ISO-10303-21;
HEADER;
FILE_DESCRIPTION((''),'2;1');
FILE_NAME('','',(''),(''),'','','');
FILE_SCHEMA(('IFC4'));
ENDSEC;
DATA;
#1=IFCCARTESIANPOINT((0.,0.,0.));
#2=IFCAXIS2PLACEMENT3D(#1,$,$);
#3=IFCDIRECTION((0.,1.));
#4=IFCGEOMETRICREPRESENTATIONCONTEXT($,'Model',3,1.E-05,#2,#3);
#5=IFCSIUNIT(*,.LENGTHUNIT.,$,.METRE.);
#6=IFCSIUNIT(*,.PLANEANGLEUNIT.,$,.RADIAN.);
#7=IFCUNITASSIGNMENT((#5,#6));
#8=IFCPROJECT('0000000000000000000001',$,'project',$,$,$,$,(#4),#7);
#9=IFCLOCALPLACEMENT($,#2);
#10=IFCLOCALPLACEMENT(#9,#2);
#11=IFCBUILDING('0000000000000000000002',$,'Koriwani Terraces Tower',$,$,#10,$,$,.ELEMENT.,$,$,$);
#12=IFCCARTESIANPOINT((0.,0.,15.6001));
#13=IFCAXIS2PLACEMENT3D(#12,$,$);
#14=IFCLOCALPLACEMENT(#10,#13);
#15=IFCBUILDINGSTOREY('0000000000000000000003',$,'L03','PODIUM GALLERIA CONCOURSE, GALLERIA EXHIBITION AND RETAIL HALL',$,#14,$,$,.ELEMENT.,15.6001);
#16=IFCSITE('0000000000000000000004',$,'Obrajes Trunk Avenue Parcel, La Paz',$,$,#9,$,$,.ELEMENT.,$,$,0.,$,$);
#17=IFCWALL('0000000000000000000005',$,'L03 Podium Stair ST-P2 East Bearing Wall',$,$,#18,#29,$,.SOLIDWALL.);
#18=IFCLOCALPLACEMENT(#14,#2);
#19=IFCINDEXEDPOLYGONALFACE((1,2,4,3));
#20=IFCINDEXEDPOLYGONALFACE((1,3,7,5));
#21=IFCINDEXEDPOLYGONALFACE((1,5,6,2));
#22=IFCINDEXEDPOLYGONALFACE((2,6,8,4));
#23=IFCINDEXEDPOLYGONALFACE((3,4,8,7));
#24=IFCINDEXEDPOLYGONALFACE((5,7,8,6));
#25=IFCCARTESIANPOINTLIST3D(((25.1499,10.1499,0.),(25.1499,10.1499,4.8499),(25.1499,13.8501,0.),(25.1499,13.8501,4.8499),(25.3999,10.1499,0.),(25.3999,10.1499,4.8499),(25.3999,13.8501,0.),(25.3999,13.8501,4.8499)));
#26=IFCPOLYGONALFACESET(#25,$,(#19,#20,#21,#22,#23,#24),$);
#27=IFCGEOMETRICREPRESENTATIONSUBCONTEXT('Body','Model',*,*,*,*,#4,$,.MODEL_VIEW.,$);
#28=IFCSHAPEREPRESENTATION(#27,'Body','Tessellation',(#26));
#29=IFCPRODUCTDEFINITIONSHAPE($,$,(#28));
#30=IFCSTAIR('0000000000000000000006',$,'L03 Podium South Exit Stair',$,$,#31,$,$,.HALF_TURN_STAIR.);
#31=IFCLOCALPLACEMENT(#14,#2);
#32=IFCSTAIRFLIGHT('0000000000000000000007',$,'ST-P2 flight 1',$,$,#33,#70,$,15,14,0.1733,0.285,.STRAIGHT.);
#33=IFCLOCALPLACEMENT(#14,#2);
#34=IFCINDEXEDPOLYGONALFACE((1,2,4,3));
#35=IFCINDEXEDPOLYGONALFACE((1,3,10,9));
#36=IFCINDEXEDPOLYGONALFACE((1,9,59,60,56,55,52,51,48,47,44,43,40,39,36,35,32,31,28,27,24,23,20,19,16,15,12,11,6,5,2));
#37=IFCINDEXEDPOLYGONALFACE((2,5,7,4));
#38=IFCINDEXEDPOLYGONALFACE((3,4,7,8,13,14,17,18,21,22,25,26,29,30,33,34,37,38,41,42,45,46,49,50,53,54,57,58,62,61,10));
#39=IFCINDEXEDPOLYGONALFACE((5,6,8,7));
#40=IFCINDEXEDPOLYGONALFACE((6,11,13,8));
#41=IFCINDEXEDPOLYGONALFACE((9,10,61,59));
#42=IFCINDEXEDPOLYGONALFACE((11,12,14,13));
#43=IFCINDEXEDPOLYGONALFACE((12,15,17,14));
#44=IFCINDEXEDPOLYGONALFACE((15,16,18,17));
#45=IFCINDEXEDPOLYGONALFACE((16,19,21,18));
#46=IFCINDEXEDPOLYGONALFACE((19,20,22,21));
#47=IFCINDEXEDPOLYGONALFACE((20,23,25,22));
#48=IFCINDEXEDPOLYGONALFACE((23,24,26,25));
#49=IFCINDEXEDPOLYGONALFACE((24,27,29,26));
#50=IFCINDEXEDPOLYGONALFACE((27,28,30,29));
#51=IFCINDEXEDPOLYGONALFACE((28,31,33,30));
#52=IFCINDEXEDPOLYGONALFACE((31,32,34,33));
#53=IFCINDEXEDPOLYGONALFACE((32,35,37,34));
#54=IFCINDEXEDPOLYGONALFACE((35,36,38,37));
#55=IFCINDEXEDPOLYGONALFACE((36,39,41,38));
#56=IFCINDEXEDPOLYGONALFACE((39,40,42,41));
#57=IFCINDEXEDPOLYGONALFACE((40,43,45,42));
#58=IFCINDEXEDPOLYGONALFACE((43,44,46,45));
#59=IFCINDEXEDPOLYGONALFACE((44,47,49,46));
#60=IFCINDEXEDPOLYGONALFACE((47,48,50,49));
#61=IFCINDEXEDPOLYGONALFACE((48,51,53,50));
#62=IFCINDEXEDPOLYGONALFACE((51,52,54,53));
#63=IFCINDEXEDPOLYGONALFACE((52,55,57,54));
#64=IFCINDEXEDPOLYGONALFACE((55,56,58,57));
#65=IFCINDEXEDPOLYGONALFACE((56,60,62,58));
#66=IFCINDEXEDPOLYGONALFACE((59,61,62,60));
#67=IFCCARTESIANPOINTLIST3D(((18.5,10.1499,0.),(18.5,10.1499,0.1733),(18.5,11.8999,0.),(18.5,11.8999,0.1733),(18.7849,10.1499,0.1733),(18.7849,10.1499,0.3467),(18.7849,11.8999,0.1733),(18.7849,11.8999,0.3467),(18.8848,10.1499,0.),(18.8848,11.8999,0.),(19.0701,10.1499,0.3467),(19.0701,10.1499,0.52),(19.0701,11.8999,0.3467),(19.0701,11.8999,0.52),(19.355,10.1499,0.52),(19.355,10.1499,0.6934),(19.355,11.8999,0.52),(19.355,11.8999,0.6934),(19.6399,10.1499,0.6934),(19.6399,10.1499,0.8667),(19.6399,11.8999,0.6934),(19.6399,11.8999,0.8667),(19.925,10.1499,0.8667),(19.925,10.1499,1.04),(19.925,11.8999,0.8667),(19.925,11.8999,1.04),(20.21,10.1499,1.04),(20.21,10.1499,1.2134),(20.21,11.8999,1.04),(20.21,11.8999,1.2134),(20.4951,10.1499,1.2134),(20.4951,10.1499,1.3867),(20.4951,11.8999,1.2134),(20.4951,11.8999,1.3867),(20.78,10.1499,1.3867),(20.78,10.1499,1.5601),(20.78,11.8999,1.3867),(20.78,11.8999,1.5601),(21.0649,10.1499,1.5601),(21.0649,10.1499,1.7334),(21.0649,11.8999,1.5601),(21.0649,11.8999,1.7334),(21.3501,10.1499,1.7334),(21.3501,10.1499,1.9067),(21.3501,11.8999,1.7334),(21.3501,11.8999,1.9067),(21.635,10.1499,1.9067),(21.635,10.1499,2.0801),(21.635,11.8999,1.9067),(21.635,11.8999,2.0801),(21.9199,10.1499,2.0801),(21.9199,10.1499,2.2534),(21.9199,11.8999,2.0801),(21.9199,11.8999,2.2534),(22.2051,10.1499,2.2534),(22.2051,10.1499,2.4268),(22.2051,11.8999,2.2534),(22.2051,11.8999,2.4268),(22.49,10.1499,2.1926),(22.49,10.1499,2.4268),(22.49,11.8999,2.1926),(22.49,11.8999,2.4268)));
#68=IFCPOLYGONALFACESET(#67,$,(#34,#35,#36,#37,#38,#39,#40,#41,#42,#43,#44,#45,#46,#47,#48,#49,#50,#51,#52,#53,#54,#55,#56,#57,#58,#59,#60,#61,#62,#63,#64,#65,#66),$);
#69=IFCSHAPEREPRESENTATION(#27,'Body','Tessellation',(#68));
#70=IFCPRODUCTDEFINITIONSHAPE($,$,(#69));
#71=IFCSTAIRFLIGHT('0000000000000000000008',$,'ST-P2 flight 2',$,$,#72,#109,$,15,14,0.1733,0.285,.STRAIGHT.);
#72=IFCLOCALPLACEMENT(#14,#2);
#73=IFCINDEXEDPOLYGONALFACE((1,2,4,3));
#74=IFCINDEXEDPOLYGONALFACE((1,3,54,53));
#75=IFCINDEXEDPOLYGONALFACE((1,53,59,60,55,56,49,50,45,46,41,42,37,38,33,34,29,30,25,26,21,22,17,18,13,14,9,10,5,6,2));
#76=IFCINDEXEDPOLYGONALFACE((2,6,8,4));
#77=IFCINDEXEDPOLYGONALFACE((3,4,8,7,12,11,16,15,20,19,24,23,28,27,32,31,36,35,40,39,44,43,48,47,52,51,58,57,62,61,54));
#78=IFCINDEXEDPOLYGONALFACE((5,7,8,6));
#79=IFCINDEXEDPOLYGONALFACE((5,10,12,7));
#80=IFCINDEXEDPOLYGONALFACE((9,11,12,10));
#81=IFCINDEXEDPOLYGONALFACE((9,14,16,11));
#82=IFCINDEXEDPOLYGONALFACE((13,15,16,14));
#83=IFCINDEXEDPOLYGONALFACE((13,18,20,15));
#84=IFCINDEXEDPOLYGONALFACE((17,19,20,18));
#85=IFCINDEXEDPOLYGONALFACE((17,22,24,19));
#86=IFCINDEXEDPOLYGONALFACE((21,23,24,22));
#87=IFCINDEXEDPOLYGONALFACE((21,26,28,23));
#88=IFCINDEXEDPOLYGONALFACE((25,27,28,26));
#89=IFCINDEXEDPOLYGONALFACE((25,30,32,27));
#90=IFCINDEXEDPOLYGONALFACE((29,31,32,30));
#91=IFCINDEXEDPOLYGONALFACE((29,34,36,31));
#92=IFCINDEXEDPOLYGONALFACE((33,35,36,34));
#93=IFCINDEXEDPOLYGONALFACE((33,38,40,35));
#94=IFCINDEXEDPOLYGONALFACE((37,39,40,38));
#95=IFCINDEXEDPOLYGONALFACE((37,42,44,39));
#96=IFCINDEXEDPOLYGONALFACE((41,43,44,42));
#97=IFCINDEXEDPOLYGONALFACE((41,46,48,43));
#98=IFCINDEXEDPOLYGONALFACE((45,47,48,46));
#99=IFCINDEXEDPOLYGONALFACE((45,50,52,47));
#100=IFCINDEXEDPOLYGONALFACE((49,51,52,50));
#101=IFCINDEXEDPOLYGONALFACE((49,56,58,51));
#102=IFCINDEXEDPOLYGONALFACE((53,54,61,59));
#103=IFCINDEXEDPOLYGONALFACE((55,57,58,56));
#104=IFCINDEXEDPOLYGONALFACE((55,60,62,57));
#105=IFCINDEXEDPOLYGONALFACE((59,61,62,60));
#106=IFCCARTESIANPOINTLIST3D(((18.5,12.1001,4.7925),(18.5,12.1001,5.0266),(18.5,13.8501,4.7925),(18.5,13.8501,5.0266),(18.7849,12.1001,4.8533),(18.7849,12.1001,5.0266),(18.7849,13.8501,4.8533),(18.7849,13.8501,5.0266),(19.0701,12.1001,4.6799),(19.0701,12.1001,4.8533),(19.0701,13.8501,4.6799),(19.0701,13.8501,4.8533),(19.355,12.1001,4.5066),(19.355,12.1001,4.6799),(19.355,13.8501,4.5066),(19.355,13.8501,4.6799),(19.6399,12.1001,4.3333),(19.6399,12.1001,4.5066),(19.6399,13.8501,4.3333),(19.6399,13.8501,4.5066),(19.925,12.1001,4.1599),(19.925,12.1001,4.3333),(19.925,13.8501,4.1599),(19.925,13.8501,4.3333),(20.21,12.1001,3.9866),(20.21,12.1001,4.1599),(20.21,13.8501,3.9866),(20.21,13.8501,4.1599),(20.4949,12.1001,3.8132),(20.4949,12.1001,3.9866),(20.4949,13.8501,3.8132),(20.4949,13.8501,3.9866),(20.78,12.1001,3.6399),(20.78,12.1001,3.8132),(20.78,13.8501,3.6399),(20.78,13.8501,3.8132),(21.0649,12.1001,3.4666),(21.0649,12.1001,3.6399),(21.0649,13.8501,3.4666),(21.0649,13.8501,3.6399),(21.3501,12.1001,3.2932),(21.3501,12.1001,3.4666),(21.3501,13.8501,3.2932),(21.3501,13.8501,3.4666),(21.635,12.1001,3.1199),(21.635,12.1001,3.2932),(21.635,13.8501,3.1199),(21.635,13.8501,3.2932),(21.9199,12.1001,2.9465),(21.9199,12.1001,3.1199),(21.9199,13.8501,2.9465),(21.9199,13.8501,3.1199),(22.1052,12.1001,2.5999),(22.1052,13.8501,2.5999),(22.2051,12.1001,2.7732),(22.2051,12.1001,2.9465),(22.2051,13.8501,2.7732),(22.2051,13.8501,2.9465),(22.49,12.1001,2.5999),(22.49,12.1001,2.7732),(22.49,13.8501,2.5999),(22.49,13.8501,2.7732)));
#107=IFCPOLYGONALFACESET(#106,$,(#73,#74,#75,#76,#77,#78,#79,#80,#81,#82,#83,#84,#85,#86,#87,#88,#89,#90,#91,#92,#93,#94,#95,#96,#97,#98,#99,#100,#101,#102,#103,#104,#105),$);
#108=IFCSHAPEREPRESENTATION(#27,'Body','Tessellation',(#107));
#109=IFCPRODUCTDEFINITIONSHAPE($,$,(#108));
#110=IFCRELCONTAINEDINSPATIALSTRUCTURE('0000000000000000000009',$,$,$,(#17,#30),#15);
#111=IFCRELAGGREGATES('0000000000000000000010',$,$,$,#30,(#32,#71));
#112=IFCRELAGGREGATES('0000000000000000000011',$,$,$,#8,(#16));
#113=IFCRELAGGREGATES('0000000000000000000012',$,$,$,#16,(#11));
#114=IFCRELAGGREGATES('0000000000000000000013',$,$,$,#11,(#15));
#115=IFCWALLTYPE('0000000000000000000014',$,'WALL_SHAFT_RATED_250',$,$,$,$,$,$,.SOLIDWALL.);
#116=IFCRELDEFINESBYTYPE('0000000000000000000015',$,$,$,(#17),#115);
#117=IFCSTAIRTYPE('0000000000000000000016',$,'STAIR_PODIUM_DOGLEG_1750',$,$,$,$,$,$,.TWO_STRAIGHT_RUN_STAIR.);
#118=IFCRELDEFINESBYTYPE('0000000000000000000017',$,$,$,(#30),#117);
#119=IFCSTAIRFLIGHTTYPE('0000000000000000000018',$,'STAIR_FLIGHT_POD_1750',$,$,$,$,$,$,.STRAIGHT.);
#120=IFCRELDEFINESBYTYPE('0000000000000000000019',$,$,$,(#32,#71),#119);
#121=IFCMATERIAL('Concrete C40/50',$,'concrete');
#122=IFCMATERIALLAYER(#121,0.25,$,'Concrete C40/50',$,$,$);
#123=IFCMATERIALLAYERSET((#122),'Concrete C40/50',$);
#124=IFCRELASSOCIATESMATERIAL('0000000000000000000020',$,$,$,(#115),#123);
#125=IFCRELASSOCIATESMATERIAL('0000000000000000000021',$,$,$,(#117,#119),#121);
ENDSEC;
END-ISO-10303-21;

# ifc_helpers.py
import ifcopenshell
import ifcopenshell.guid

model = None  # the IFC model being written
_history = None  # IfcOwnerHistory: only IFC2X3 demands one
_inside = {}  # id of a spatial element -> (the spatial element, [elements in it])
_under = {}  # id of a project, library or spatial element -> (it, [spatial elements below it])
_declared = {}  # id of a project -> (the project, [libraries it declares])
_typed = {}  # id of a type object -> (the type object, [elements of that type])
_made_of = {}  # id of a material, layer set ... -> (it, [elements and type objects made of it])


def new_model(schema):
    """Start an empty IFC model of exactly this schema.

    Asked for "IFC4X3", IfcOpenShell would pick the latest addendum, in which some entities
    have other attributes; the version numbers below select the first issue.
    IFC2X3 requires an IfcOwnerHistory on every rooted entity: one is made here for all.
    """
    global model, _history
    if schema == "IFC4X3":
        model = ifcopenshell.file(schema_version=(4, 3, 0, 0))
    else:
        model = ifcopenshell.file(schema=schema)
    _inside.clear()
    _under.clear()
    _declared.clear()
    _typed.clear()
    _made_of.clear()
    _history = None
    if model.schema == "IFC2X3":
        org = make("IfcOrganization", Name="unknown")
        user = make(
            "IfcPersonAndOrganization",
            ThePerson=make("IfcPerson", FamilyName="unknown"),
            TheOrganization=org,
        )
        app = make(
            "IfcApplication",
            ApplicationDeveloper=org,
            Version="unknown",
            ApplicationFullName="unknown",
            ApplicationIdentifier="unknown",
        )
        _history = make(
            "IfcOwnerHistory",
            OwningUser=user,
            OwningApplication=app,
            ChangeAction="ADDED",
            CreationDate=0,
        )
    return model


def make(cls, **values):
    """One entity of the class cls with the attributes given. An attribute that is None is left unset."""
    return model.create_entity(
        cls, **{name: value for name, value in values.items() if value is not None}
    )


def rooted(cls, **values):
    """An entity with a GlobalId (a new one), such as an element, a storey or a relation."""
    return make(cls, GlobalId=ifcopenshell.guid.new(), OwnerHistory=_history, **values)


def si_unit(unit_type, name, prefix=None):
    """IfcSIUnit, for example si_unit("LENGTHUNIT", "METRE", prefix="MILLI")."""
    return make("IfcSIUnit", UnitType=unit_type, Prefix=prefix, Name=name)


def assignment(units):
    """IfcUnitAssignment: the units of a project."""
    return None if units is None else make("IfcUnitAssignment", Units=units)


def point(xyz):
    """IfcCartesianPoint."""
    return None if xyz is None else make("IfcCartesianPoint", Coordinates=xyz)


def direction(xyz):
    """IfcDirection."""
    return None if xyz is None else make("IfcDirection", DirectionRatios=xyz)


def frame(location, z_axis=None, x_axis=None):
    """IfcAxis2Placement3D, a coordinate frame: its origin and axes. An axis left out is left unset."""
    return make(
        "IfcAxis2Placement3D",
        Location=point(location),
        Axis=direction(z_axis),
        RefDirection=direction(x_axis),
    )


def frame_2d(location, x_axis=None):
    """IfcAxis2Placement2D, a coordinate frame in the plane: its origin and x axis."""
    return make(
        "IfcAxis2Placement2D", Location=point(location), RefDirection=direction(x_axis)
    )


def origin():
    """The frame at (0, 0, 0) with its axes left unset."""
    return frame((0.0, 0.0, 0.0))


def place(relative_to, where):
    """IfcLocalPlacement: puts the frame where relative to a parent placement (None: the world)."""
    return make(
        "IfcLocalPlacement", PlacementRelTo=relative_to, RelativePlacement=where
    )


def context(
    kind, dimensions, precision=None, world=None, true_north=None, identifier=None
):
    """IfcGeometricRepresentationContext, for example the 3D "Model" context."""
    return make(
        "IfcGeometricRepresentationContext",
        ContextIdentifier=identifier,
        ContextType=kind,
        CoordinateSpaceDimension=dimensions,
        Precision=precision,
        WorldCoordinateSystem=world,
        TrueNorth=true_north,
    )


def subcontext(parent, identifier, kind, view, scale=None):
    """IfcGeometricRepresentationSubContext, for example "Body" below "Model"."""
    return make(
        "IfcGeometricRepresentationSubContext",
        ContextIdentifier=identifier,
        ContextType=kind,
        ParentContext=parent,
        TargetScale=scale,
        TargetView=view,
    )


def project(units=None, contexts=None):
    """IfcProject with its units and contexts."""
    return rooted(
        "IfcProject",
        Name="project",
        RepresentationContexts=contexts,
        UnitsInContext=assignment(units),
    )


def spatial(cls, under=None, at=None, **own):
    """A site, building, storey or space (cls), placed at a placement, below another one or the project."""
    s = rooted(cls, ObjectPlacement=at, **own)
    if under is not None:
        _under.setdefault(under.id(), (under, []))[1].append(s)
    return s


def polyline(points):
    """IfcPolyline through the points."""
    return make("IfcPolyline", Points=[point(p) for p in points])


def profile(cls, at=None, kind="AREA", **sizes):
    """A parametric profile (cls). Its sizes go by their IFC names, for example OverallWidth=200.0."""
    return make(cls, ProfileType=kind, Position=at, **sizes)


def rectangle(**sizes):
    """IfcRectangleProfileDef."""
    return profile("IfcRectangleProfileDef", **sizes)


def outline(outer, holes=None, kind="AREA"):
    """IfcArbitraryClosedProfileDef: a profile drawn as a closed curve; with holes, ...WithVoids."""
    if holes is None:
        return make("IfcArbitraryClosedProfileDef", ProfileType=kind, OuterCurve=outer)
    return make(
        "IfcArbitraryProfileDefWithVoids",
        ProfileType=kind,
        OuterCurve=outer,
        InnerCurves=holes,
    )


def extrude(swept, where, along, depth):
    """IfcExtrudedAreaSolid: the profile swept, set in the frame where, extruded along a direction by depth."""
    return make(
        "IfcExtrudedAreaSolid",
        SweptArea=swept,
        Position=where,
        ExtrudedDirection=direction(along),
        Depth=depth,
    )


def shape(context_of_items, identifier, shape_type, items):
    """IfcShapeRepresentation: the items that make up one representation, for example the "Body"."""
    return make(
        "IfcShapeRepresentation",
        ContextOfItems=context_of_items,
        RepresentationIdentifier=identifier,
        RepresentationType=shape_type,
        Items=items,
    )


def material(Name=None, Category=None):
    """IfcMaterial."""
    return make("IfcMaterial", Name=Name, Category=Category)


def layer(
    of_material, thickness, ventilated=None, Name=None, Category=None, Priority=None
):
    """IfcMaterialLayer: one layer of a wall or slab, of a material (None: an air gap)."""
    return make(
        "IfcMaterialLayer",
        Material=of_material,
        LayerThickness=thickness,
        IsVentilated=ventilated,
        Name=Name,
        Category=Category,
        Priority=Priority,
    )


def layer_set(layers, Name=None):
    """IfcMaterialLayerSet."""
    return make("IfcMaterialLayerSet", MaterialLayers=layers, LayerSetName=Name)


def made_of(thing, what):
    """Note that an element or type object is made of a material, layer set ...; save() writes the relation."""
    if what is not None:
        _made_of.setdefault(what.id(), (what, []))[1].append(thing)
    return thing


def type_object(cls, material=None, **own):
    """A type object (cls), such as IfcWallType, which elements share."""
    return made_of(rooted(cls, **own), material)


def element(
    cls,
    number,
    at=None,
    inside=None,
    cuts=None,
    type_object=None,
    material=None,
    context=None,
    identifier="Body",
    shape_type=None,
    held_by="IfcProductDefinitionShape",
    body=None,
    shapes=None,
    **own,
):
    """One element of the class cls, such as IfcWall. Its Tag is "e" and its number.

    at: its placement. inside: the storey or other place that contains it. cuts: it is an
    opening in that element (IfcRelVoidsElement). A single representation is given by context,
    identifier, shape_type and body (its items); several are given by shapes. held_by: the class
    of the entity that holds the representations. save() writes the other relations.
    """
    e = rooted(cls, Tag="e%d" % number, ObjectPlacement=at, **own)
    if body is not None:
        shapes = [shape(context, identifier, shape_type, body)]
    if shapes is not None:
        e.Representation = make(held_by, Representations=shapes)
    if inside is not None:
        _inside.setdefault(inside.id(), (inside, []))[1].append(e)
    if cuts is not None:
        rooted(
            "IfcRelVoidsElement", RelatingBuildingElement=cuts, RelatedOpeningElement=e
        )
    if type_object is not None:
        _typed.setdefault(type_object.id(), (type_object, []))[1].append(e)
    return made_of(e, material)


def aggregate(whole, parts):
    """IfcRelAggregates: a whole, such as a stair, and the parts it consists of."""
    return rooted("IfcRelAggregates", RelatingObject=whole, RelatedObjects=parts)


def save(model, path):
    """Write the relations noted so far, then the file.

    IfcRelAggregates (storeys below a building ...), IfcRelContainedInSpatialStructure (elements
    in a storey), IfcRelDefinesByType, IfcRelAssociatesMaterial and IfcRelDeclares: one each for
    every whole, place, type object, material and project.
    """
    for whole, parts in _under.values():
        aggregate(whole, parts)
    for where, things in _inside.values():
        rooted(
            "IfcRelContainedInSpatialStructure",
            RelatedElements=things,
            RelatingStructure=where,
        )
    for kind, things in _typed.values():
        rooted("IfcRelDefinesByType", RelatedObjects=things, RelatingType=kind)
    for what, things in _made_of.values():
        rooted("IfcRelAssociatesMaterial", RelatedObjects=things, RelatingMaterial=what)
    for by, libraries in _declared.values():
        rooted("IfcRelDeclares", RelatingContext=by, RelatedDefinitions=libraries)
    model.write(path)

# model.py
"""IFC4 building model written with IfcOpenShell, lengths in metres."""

from ifc_helpers import new_model, si_unit, direction, frame, frame_2d, origin, place, context, subcontext, project, spatial, polyline, rectangle, outline, extrude, material, layer, layer_set, type_object, element, aggregate, save


model = new_model("IFC4")

# Units and contexts
model_context = context("Model", 3, precision=1e-05, world=origin(), true_north=direction((0.0, 1.0)))
body_context = subcontext(model_context, "Body", "Model", "MODEL_VIEW")
ifc_project = project(units=[si_unit("LENGTHUNIT", "METRE"), si_unit("PLANEANGLEUNIT", "RADIAN")], contexts=[model_context])

# Site, building, storey
site_placement = place(None, origin())
site = spatial("IfcSite", under=ifc_project, at=site_placement, Name="Obrajes Trunk Avenue Parcel, La Paz", CompositionType="ELEMENT", RefElevation=0.0)
building_placement = place(site_placement, origin())
building = spatial("IfcBuilding", under=site, at=building_placement, Name="Koriwani Terraces Tower", CompositionType="ELEMENT")
storey_placement = place(building_placement, frame((0.0, 0.0, 15.6001)))
storey = spatial("IfcBuildingStorey", under=building, at=storey_placement, Name="L03", Description="PODIUM GALLERIA CONCOURSE, GALLERIA EXHIBITION AND RETAIL HALL", CompositionType="ELEMENT", Elevation=15.6001)

# Shared definitions
ifc_material_1 = material(Name="Concrete C40/50", Category="concrete")

# Wall
ifc_layer_1 = layer(ifc_material_1, 0.25, Name="Concrete C40/50")
ifc_layer_set_1 = layer_set([ifc_layer_1], Name="Concrete C40/50")
wall_type_1 = type_object("IfcWallType", Name="WALL_SHAFT_RATED_250", PredefinedType="SOLIDWALL", material=ifc_layer_set_1)
wall_1_placement = place(storey_placement, frame((25.2749, 10.1499, 0.0), z_axis=(0.0, 0.0, 1.0), x_axis=(0.0, 1.0, 0.0)))
element("IfcWall", 1, at=wall_1_placement, inside=storey, type_object=wall_type_1, Name="L03 Podium Stair ST-P2 East Bearing Wall", PredefinedType="SOLIDWALL", context=body_context, shape_type="SweptSolid", body=[
    extrude(rectangle(XDim=3.7002, YDim=0.25, at=frame_2d((1.8501, 0.0))), origin(), (0.0, 0.0, 1.0), 4.8499),
])

# Stair, stair flights
stair_type = type_object("IfcStairType", Name="STAIR_PODIUM_DOGLEG_1750", PredefinedType="TWO_STRAIGHT_RUN_STAIR", material=ifc_material_1)
stair_placement = place(storey_placement, origin())
stair = element("IfcStair", 2, at=stair_placement, inside=storey, type_object=stair_type, Name="L03 Podium South Exit Stair", PredefinedType="HALF_TURN_STAIR")
stair_flight_type = type_object("IfcStairFlightType", Name="STAIR_FLIGHT_POD_1750", PredefinedType="STRAIGHT", material=ifc_material_1)
stair_flight_1_placement = place(storey_placement, frame((18.5, 11.0249, 0.0), z_axis=(0.0, 0.0, 1.0), x_axis=(1.0, 0.0, 0.0)))
stair_flight_1 = element("IfcStairFlight", 3, at=stair_flight_1_placement, type_object=stair_flight_type, Name="ST-P2 flight 1", NumberOfRisers=15, NumberOfTreads=14, PredefinedType="STRAIGHT", RiserHeight=0.1733, TreadLength=0.285, context=body_context, shape_type="SweptSolid", body=[
    extrude(outline(polyline([(0.0, 0.0), (0.0, 0.1733), (0.2849, 0.1733), (0.2849, 0.3467), (0.5701, 0.3467), (0.5701, 0.52), (0.855, 0.52), (0.855, 0.6934), (1.1399, 0.6934), (1.1399, 0.8667), (1.425, 0.8667), (1.425, 1.04), (1.71, 1.04), (1.71, 1.2134), (1.9951, 1.2134), (1.9951, 1.3867), (2.28, 1.3867), (2.28, 1.5601), (2.5649, 1.5601), (2.5649, 1.7334), (2.8501, 1.7334), (2.8501, 1.9067), (3.135, 1.9067), (3.135, 2.0801), (3.4199, 2.0801), (3.4199, 2.2534), (3.7051, 2.2534), (3.7051, 2.4268), (3.99, 2.4268), (3.99, 2.6001), (3.99, 2.1926), (0.3848, 0.0), (0.0, 0.0)])), frame((0.0, 0.875, 0.0), z_axis=(0.0, -1.0, 0.0), x_axis=(1.0, 0.0, 0.0)), (0.0, 0.0, 1.0), 1.75),
])
stair_flight_2_placement = place(storey_placement, frame((22.49, 12.9751, 2.5999), z_axis=(0.0, 0.0, 1.0), x_axis=(-1.0, 0.0, 0.0)))
stair_flight_2 = element("IfcStairFlight", 4, at=stair_flight_2_placement, type_object=stair_flight_type, Name="ST-P2 flight 2", NumberOfRisers=15, NumberOfTreads=14, PredefinedType="STRAIGHT", RiserHeight=0.1733, TreadLength=0.285, context=body_context, shape_type="SweptSolid", body=[
    extrude(outline(polyline([(0.0, 0.0), (0.0, 0.1733), (0.2849, 0.1733), (0.2849, 0.3467), (0.5701, 0.3467), (0.5701, 0.52), (0.855, 0.52), (0.855, 0.6934), (1.1399, 0.6934), (1.1399, 0.8667), (1.425, 0.8667), (1.425, 1.04), (1.71, 1.04), (1.71, 1.2134), (1.9951, 1.2134), (1.9951, 1.3867), (2.28, 1.3867), (2.28, 1.5601), (2.5649, 1.5601), (2.5649, 1.7334), (2.8501, 1.7334), (2.8501, 1.9067), (3.135, 1.9067), (3.135, 2.0801), (3.4199, 2.0801), (3.4199, 2.2534), (3.7051, 2.2534), (3.7051, 2.4268), (3.99, 2.4268), (3.99, 2.6001), (3.99, 2.1926), (0.3848, 0.0), (0.0, 0.0)])), frame((0.0, 0.875, 0.0), z_axis=(0.0, -1.0, 0.0), x_axis=(1.0, 0.0, 0.0)), (0.0, 0.0, 1.0), 1.75),
])
aggregate(stair, [stair_flight_1, stair_flight_2])

save(model, "model.ifc")
